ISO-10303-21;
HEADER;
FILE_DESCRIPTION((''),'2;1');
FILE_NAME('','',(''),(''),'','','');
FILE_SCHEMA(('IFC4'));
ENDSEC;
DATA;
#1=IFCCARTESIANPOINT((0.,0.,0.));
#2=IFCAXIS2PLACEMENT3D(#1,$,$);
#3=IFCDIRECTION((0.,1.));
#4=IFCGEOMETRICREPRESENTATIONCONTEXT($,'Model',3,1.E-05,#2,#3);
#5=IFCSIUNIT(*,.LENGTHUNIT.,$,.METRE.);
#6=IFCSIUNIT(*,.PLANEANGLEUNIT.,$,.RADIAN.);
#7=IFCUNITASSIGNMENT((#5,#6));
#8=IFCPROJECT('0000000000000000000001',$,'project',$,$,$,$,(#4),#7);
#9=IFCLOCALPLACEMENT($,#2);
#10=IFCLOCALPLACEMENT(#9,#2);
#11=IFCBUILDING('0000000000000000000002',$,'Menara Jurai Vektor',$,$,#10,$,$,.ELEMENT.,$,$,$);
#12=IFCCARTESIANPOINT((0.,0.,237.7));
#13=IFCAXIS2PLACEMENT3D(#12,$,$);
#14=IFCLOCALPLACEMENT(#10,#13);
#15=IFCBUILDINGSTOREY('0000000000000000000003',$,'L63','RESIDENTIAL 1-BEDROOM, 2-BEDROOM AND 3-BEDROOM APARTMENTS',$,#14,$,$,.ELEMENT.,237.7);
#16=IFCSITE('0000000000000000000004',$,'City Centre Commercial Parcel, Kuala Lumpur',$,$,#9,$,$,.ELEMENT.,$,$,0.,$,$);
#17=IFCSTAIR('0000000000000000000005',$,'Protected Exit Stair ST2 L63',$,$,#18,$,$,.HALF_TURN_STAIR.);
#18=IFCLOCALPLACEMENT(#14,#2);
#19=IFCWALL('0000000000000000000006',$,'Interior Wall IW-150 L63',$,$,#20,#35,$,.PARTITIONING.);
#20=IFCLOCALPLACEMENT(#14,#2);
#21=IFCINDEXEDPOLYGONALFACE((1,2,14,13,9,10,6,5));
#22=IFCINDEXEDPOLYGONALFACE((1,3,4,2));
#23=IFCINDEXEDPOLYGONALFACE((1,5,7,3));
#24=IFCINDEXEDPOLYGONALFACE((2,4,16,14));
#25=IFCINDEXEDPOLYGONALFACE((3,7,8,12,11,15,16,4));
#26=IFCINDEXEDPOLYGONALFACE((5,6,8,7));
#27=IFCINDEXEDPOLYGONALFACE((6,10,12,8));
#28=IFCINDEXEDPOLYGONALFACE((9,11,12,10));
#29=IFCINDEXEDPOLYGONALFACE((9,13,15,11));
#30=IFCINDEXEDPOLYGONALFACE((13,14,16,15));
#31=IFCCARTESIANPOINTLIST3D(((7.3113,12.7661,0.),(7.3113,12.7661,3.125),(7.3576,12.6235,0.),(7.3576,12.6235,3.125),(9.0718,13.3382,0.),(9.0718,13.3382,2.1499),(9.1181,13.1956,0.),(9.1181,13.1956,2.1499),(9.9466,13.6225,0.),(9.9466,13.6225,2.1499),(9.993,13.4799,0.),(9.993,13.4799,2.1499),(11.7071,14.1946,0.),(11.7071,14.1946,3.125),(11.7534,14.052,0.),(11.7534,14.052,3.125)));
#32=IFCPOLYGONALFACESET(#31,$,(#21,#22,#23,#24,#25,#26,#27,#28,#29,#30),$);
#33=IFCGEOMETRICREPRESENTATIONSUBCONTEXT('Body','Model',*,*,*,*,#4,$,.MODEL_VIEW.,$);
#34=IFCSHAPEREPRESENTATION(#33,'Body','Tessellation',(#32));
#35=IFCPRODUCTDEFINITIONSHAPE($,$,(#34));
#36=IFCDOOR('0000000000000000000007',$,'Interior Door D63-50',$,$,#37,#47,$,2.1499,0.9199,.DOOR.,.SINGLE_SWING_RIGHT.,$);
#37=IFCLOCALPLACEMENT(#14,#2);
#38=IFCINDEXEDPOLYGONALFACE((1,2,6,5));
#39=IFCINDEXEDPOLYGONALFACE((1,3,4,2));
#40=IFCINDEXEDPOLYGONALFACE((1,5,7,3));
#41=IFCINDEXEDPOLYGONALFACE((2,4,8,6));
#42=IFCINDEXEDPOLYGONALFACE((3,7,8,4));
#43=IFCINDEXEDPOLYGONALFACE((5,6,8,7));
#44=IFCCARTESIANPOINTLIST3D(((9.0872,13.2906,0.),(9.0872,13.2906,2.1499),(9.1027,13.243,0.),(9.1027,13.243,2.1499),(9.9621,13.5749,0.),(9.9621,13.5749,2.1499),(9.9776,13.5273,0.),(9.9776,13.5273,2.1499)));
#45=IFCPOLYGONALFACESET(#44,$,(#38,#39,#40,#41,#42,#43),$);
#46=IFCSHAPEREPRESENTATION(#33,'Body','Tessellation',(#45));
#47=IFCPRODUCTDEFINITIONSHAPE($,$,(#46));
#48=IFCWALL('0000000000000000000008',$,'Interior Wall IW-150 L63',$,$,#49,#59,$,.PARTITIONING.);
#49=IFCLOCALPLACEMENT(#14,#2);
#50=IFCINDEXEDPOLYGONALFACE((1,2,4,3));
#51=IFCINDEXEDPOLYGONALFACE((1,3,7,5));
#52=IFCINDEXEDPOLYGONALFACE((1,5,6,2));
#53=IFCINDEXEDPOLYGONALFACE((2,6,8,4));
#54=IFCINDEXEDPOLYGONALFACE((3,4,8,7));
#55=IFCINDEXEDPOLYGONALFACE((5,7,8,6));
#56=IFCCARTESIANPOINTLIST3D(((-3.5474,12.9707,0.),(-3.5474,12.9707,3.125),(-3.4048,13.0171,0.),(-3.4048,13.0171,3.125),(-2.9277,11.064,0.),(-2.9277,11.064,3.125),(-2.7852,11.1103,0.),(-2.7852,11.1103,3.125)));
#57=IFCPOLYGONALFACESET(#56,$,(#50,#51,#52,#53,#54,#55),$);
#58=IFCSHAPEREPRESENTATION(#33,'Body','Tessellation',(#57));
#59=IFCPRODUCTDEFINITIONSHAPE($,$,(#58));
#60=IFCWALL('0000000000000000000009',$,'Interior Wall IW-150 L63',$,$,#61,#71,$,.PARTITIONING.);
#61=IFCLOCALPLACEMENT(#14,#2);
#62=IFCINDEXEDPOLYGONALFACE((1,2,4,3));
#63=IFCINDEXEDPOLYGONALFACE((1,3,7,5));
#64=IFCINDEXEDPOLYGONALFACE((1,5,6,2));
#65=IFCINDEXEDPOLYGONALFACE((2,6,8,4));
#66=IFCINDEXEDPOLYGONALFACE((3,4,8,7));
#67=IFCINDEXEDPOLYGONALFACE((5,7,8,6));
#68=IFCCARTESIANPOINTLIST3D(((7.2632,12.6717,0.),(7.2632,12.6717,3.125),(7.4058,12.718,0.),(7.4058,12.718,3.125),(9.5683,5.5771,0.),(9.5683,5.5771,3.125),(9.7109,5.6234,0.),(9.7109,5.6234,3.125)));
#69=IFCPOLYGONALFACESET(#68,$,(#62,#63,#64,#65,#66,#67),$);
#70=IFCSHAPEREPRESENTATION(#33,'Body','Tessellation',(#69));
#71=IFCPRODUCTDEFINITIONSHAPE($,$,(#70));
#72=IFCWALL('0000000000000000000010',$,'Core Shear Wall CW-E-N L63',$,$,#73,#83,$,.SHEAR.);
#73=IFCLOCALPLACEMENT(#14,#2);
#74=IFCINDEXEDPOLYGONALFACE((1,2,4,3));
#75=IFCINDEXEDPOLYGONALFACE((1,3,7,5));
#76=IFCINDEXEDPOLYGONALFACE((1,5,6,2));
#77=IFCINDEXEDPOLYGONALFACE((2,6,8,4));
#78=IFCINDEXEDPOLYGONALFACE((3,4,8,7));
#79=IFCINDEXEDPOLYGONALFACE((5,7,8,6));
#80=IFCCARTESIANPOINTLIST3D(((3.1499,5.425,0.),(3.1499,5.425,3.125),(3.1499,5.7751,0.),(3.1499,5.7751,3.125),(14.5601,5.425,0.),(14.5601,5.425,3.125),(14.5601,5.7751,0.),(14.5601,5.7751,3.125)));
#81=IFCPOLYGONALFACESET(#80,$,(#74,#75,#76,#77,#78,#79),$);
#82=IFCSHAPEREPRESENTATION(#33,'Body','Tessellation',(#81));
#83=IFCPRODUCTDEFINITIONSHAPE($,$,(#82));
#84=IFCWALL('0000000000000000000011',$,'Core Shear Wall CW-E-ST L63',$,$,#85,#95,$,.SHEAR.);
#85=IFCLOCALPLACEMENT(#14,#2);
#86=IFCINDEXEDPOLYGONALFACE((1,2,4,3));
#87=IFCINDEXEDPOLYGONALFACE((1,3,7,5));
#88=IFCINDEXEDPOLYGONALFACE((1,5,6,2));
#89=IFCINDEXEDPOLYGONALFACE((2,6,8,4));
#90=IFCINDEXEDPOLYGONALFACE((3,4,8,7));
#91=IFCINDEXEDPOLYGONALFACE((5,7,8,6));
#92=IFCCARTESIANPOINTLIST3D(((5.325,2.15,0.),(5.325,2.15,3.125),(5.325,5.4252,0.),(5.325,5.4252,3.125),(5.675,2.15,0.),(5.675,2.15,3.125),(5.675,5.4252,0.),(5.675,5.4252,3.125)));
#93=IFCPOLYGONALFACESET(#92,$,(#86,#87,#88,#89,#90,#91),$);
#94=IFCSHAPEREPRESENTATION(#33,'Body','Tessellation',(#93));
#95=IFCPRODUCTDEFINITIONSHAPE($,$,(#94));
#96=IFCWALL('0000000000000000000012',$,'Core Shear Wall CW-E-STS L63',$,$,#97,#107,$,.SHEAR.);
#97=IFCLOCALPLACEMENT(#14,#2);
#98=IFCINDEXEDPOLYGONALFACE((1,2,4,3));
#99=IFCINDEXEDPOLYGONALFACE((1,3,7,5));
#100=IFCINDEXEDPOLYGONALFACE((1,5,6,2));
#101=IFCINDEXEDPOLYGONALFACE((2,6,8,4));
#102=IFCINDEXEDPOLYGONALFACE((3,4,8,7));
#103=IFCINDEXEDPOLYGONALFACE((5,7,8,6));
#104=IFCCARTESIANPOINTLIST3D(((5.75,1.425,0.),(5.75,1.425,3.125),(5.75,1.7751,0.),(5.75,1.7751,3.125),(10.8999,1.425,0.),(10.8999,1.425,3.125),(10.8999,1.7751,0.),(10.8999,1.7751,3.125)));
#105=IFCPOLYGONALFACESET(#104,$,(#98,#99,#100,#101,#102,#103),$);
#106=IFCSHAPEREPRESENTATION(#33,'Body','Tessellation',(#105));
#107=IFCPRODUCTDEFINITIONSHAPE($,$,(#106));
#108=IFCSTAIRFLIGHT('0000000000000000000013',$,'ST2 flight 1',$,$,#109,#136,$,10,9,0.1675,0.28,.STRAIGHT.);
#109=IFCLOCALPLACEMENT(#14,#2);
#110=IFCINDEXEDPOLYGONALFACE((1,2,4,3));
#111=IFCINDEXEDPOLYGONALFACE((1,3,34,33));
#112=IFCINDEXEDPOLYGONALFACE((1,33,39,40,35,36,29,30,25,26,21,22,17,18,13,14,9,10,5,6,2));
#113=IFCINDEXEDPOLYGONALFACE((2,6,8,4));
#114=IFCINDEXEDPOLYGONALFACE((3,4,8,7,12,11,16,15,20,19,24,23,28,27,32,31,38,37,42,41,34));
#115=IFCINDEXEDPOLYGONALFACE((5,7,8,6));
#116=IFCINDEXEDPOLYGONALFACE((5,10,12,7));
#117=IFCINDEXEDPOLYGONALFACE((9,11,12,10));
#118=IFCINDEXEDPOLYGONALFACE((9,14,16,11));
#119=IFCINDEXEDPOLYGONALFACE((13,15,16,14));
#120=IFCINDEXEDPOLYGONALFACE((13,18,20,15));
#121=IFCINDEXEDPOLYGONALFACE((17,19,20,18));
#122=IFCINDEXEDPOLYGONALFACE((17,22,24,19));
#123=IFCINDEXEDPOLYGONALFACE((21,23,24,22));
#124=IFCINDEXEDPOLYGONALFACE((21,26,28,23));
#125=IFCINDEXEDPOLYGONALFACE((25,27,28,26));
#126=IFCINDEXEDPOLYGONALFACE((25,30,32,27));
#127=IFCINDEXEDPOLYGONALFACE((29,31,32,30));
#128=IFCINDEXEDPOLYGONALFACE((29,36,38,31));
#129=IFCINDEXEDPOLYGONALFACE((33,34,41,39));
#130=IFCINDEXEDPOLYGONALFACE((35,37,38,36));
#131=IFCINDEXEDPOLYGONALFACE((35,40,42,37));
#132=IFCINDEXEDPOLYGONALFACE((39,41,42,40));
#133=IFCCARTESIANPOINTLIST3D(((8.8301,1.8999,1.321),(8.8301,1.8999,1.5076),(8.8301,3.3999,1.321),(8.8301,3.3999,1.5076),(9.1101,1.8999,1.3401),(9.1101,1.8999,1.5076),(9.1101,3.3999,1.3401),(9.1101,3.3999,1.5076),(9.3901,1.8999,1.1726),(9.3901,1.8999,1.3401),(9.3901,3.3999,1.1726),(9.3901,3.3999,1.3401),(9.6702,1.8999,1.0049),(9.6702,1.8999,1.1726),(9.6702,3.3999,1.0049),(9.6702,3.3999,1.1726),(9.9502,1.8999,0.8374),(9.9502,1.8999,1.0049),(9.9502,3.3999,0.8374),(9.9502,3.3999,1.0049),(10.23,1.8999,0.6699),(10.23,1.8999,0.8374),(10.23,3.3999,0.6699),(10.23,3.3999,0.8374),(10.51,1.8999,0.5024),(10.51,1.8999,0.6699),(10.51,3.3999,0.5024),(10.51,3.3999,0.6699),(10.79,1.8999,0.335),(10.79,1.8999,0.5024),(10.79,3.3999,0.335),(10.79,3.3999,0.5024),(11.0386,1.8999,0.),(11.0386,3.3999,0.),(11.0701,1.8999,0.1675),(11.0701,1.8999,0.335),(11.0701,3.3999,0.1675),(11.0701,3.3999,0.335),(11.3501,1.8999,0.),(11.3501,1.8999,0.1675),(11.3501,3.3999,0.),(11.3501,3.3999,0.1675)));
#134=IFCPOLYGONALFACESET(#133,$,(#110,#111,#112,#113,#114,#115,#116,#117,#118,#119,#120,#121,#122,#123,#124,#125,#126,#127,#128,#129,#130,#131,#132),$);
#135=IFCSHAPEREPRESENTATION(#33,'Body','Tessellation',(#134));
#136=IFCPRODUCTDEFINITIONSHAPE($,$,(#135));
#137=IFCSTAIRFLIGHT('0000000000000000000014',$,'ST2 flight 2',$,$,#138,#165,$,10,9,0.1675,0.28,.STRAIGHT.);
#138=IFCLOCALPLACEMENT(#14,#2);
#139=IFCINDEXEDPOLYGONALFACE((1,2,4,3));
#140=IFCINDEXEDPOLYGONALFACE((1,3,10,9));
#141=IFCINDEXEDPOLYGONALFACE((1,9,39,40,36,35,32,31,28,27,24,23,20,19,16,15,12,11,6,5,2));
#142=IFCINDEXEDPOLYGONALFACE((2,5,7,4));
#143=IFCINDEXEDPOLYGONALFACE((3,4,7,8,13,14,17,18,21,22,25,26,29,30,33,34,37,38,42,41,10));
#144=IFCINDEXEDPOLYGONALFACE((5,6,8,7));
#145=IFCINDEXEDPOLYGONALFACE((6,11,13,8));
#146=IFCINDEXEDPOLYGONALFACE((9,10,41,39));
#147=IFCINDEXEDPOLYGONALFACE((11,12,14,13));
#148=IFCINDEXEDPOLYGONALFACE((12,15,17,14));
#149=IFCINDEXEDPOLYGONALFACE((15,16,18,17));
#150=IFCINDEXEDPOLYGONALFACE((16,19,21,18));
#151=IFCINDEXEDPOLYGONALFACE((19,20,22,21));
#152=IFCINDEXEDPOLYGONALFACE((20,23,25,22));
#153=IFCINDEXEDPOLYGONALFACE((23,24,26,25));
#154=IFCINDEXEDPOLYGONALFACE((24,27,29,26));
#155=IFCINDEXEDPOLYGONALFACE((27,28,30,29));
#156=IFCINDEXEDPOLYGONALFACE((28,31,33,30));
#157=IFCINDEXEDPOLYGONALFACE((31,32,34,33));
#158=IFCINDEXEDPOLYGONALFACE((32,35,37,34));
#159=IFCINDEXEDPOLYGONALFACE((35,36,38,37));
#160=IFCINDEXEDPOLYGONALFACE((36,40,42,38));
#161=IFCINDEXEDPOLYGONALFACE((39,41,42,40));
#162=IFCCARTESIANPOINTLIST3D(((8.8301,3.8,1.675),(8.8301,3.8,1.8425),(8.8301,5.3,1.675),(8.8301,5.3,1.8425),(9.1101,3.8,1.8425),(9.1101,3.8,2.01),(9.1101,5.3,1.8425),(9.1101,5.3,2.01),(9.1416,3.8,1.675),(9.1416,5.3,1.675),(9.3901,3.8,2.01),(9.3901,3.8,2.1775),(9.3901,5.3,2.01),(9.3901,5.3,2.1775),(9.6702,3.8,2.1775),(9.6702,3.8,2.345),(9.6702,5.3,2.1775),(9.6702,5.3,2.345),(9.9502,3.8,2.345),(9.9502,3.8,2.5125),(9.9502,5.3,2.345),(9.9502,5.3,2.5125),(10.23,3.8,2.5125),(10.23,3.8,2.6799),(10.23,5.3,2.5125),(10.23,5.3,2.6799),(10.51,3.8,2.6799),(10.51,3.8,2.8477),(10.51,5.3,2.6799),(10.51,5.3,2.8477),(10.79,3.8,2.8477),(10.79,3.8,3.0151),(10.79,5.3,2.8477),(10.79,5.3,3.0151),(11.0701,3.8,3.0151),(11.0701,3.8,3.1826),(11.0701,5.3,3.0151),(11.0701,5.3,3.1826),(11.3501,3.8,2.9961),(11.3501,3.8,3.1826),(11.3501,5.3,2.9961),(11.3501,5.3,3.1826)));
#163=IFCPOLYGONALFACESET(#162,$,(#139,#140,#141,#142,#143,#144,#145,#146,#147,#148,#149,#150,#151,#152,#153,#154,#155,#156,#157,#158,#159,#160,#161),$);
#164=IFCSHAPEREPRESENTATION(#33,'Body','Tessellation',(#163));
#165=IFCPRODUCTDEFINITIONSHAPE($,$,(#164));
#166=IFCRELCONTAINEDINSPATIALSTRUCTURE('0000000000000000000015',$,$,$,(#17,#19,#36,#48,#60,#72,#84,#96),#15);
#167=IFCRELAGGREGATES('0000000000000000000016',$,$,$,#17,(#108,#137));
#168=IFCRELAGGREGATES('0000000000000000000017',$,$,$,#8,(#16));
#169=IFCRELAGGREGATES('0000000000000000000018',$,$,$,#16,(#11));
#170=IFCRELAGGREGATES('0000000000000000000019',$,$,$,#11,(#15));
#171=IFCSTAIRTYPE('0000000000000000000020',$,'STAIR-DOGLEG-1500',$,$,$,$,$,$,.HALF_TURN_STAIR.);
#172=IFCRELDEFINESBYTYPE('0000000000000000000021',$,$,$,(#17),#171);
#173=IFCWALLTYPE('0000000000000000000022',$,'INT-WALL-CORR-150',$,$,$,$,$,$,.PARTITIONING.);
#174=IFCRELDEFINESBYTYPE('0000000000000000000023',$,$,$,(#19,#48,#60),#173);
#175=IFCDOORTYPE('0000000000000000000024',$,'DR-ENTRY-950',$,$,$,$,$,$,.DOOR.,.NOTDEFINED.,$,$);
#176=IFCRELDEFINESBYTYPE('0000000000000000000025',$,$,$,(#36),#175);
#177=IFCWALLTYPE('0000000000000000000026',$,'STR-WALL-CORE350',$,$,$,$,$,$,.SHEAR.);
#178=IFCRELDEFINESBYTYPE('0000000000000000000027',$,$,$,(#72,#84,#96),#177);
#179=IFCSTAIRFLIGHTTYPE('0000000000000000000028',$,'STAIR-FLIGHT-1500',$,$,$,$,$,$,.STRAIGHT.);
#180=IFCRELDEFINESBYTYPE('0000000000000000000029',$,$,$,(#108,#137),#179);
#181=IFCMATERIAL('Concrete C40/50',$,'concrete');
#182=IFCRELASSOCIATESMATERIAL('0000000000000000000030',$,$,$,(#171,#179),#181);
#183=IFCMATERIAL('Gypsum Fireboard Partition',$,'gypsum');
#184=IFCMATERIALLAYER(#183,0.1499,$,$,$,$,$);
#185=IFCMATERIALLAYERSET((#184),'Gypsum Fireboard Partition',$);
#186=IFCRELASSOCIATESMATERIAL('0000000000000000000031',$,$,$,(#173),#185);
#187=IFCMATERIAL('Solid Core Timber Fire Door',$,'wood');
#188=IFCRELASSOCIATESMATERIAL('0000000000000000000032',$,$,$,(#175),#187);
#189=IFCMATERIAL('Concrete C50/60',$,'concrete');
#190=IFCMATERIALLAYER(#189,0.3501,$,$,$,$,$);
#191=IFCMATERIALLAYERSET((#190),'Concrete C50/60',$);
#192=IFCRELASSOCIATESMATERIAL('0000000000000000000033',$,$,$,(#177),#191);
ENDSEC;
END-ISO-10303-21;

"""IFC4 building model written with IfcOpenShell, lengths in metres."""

from ifc_helpers import new_model, si_unit, direction, frame, frame_2d, origin, place, context, subcontext, project, spatial, polyline, rectangle, outline, extrude, material, layer, layer_set, type_object, element, fill, aggregate, save


model = new_model("IFC4")

# Units and contexts
model_context = context("Model", 3, precision=1e-05, world=origin(), true_north=direction((0.0, 1.0)))
body_context = subcontext(model_context, "Body", "Model", "MODEL_VIEW")
ifc_project = project(units=[si_unit("LENGTHUNIT", "METRE"), si_unit("PLANEANGLEUNIT", "RADIAN")], contexts=[model_context])

# Site, building, storey
site_placement = place(None, origin())
site = spatial("IfcSite", under=ifc_project, at=site_placement, Name="City Centre Commercial Parcel, Kuala Lumpur", CompositionType="ELEMENT", RefElevation=0.0)
building_placement = place(site_placement, origin())
building = spatial("IfcBuilding", under=site, at=building_placement, Name="Menara Jurai Vektor", CompositionType="ELEMENT")
storey_placement = place(building_placement, frame((0.0, 0.0, 237.7)))
storey = spatial("IfcBuildingStorey", under=building, at=storey_placement, Name="L63", Description="RESIDENTIAL 1-BEDROOM, 2-BEDROOM AND 3-BEDROOM APARTMENTS", CompositionType="ELEMENT", Elevation=237.7)

# Shared definitions
ifc_material_1 = material(Name="Concrete C50/60", Category="concrete")

# Stair
ifc_material_2 = material(Name="Concrete C40/50", Category="concrete")
stair_type = type_object("IfcStairType", Name="STAIR-DOGLEG-1500", PredefinedType="HALF_TURN_STAIR", material=ifc_material_2)
stair_1_placement = place(storey_placement, origin())
stair_1 = element("IfcStair", 1, at=stair_1_placement, inside=storey, type_object=stair_type, Name="Protected Exit Stair ST2 L63", PredefinedType="HALF_TURN_STAIR")

# Shared definitions
ifc_material_3 = material(Name="Gypsum Fireboard Partition", Category="gypsum")
ifc_layer_1 = layer(ifc_material_3, 0.1499)
ifc_layer_set_1 = layer_set([ifc_layer_1], Name="Gypsum Fireboard Partition")
wall_type_1 = type_object("IfcWallType", Name="INT-WALL-CORR-150", PredefinedType="PARTITIONING", material=ifc_layer_set_1)

# Shared definitions
ifc_material_4 = material(Name="Solid Core Timber Fire Door", Category="wood")
door_type_1 = type_object("IfcDoorType", Name="DR-ENTRY-950", OperationType="NOTDEFINED", PredefinedType="DOOR", material=ifc_material_4)

# Wall, opening, door
wall_1_placement = place(storey_placement, frame((7.3345, 12.6948, 0.0), z_axis=(0.0, 0.0, 1.0), x_axis=(0.951044, 0.309056, 0.0)))
wall_1 = element("IfcWall", 2, at=wall_1_placement, inside=storey, type_object=wall_type_1, Name="Interior Wall IW-150 L63", PredefinedType="PARTITIONING", context=body_context, shape_type="SweptSolid", body=[
    extrude(rectangle(XDim=4.6221, YDim=0.1499, at=frame_2d((2.311, 0.0))), origin(), (0.0, 0.0, 1.0), 3.125),
])
opening_1_placement = place(wall_1_placement, frame((1.8511, 0.0, 0.0)))
opening_1 = element("IfcOpeningElement", 3, at=opening_1_placement, cuts=wall_1, PredefinedType="OPENING", context=body_context, shape_type="SweptSolid", body=[
    extrude(rectangle(XDim=0.9199, YDim=2.1499, at=frame_2d((0.46, 1.075))), frame((0.0, 0.085, 0.0), z_axis=(0.0, -1.0, 0.0), x_axis=(1.0, 0.0, 0.0)), (0.0, 0.0, 1.0), 0.1699),
])
door_1_placement = place(opening_1_placement, origin())
door_1 = element("IfcDoor", 4, at=door_1_placement, inside=storey, type_object=door_type_1, Name="Interior Door D63-50", OperationType="SINGLE_SWING_RIGHT", OverallHeight=2.1499, OverallWidth=0.9199, PredefinedType="DOOR", context=body_context, shape_type="SweptSolid", body=[
    extrude(rectangle(XDim=0.9199, YDim=2.1499, at=frame_2d((0.46, 1.075))), frame((0.0, 0.0249, 0.0), z_axis=(0.0, -1.0, 0.0), x_axis=(1.0, 0.0, 0.0)), (0.0, 0.0, 1.0), 0.05),
])
fill(opening_1, door_1)

# Walls
wall_2_placement = place(storey_placement, frame((-2.8564, 11.0872, 0.0), z_axis=(0.0, 0.0, 1.0), x_axis=(-0.309059, 0.951043, 0.0)))
element("IfcWall", 5, at=wall_2_placement, inside=storey, type_object=wall_type_1, Name="Interior Wall IW-150 L63", PredefinedType="PARTITIONING", context=body_context, shape_type="SweptSolid", body=[
    extrude(rectangle(XDim=2.0049, YDim=0.1499, at=frame_2d((1.0024, 0.0))), origin(), (0.0, 0.0, 1.0), 3.125),
])
wall_3_placement = place(storey_placement, frame((9.6396, 5.6001, 0.0), z_axis=(0.0, 0.0, 1.0), x_axis=(-0.309012, 0.951058, 0.0)))
element("IfcWall", 6, at=wall_3_placement, inside=storey, type_object=wall_type_1, Name="Interior Wall IW-150 L63", PredefinedType="PARTITIONING", context=body_context, shape_type="SweptSolid", body=[
    extrude(rectangle(XDim=7.4597, YDim=0.1499, at=frame_2d((3.73, 0.0))), origin(), (0.0, 0.0, 1.0), 3.125),
])
ifc_layer_2 = layer(ifc_material_1, 0.3501)
ifc_layer_set_2 = layer_set([ifc_layer_2], Name="Concrete C50/60")
wall_type_2 = type_object("IfcWallType", Name="STR-WALL-CORE350", PredefinedType="SHEAR", material=ifc_layer_set_2)
wall_4_placement = place(storey_placement, frame((3.1499, 5.6001, 0.0), z_axis=(0.0, 0.0, 1.0), x_axis=(1.0, 0.0, 0.0)))
element("IfcWall", 7, at=wall_4_placement, inside=storey, type_object=wall_type_2, Name="Core Shear Wall CW-E-N L63", PredefinedType="SHEAR", context=body_context, shape_type="SweptSolid", body=[
    extrude(rectangle(XDim=11.4102, YDim=0.3501, at=frame_2d((5.7051, 0.0))), origin(), (0.0, 0.0, 1.0), 3.125),
])
wall_5_placement = place(storey_placement, frame((5.5, 2.1499, 0.0), z_axis=(0.0, 0.0, 1.0), x_axis=(0.0, 1.0, 0.0)))
element("IfcWall", 8, at=wall_5_placement, inside=storey, type_object=wall_type_2, Name="Core Shear Wall CW-E-ST L63", PredefinedType="SHEAR", context=body_context, shape_type="SweptSolid", body=[
    extrude(rectangle(XDim=3.2751, YDim=0.3501, at=frame_2d((1.6377, 0.0))), origin(), (0.0, 0.0, 1.0), 3.125),
])
wall_6_placement = place(storey_placement, frame((5.75, 1.6001, 0.0), z_axis=(0.0, 0.0, 1.0), x_axis=(1.0, 0.0, 0.0)))
element("IfcWall", 9, at=wall_6_placement, inside=storey, type_object=wall_type_2, Name="Core Shear Wall CW-E-STS L63", PredefinedType="SHEAR", context=body_context, shape_type="SweptSolid", body=[
    extrude(rectangle(XDim=5.1499, YDim=0.3501, at=frame_2d((2.575, 0.0))), origin(), (0.0, 0.0, 1.0), 3.125),
])

# Stair flights
stair_flight_type = type_object("IfcStairFlightType", Name="STAIR-FLIGHT-1500", PredefinedType="STRAIGHT", material=ifc_material_2)
stair_flight_1_placement = place(storey_placement, frame((11.3501, 2.6499, 0.0), z_axis=(0.0, 0.0, 1.0), x_axis=(-1.0, 0.0, 0.0)))
stair_flight_1 = element("IfcStairFlight", 10, at=stair_flight_1_placement, type_object=stair_flight_type, Name="ST2 flight 1", NumberOfRisers=10, NumberOfTreads=9, PredefinedType="STRAIGHT", RiserHeight=0.1675, TreadLength=0.28, context=body_context, shape_type="SweptSolid", body=[
    extrude(outline(polyline([(0.0, 0.0), (0.0, 0.1675), (0.28, 0.1675), (0.28, 0.335), (0.5601, 0.335), (0.5601, 0.5024), (0.8401, 0.5024), (0.8401, 0.6699), (1.1201, 0.6699), (1.1201, 0.8374), (1.3999, 0.8374), (1.3999, 1.0049), (1.6799, 1.0049), (1.6799, 1.1726), (1.96, 1.1726), (1.96, 1.3401), (2.24, 1.3401), (2.24, 1.5076), (2.52, 1.5076), (2.52, 1.675), (2.52, 1.321), (0.3115, 0.0), (0.0, 0.0)])), frame((0.0, 0.75, 0.0), z_axis=(0.0, -1.0, 0.0), x_axis=(1.0, 0.0, 0.0)), (0.0, 0.0, 1.0), 1.5),
])
stair_flight_2_placement = place(storey_placement, frame((8.8301, 4.55, 1.675), z_axis=(0.0, 0.0, 1.0), x_axis=(1.0, 0.0, 0.0)))
stair_flight_2 = element("IfcStairFlight", 11, at=stair_flight_2_placement, type_object=stair_flight_type, Name="ST2 flight 2", NumberOfRisers=10, NumberOfTreads=9, PredefinedType="STRAIGHT", RiserHeight=0.1675, TreadLength=0.28, context=body_context, shape_type="SweptSolid", body=[
    extrude(outline(polyline([(0.0, 0.0), (0.0, 0.1675), (0.28, 0.1675), (0.28, 0.335), (0.5601, 0.335), (0.5601, 0.5024), (0.8401, 0.5024), (0.8401, 0.6699), (1.1201, 0.6699), (1.1201, 0.8374), (1.3999, 0.8374), (1.3999, 1.0049), (1.6799, 1.0049), (1.6799, 1.1726), (1.96, 1.1726), (1.96, 1.3401), (2.24, 1.3401), (2.24, 1.5076), (2.52, 1.5076), (2.52, 1.675), (2.52, 1.321), (0.3115, 0.0), (0.0, 0.0)])), frame((0.0, 0.75, 0.0), z_axis=(0.0, -1.0, 0.0), x_axis=(1.0, 0.0, 0.0)), (0.0, 0.0, 1.0), 1.5),
])
aggregate(stair_1, [stair_flight_1, stair_flight_2])

save(model, "model.ifc")
